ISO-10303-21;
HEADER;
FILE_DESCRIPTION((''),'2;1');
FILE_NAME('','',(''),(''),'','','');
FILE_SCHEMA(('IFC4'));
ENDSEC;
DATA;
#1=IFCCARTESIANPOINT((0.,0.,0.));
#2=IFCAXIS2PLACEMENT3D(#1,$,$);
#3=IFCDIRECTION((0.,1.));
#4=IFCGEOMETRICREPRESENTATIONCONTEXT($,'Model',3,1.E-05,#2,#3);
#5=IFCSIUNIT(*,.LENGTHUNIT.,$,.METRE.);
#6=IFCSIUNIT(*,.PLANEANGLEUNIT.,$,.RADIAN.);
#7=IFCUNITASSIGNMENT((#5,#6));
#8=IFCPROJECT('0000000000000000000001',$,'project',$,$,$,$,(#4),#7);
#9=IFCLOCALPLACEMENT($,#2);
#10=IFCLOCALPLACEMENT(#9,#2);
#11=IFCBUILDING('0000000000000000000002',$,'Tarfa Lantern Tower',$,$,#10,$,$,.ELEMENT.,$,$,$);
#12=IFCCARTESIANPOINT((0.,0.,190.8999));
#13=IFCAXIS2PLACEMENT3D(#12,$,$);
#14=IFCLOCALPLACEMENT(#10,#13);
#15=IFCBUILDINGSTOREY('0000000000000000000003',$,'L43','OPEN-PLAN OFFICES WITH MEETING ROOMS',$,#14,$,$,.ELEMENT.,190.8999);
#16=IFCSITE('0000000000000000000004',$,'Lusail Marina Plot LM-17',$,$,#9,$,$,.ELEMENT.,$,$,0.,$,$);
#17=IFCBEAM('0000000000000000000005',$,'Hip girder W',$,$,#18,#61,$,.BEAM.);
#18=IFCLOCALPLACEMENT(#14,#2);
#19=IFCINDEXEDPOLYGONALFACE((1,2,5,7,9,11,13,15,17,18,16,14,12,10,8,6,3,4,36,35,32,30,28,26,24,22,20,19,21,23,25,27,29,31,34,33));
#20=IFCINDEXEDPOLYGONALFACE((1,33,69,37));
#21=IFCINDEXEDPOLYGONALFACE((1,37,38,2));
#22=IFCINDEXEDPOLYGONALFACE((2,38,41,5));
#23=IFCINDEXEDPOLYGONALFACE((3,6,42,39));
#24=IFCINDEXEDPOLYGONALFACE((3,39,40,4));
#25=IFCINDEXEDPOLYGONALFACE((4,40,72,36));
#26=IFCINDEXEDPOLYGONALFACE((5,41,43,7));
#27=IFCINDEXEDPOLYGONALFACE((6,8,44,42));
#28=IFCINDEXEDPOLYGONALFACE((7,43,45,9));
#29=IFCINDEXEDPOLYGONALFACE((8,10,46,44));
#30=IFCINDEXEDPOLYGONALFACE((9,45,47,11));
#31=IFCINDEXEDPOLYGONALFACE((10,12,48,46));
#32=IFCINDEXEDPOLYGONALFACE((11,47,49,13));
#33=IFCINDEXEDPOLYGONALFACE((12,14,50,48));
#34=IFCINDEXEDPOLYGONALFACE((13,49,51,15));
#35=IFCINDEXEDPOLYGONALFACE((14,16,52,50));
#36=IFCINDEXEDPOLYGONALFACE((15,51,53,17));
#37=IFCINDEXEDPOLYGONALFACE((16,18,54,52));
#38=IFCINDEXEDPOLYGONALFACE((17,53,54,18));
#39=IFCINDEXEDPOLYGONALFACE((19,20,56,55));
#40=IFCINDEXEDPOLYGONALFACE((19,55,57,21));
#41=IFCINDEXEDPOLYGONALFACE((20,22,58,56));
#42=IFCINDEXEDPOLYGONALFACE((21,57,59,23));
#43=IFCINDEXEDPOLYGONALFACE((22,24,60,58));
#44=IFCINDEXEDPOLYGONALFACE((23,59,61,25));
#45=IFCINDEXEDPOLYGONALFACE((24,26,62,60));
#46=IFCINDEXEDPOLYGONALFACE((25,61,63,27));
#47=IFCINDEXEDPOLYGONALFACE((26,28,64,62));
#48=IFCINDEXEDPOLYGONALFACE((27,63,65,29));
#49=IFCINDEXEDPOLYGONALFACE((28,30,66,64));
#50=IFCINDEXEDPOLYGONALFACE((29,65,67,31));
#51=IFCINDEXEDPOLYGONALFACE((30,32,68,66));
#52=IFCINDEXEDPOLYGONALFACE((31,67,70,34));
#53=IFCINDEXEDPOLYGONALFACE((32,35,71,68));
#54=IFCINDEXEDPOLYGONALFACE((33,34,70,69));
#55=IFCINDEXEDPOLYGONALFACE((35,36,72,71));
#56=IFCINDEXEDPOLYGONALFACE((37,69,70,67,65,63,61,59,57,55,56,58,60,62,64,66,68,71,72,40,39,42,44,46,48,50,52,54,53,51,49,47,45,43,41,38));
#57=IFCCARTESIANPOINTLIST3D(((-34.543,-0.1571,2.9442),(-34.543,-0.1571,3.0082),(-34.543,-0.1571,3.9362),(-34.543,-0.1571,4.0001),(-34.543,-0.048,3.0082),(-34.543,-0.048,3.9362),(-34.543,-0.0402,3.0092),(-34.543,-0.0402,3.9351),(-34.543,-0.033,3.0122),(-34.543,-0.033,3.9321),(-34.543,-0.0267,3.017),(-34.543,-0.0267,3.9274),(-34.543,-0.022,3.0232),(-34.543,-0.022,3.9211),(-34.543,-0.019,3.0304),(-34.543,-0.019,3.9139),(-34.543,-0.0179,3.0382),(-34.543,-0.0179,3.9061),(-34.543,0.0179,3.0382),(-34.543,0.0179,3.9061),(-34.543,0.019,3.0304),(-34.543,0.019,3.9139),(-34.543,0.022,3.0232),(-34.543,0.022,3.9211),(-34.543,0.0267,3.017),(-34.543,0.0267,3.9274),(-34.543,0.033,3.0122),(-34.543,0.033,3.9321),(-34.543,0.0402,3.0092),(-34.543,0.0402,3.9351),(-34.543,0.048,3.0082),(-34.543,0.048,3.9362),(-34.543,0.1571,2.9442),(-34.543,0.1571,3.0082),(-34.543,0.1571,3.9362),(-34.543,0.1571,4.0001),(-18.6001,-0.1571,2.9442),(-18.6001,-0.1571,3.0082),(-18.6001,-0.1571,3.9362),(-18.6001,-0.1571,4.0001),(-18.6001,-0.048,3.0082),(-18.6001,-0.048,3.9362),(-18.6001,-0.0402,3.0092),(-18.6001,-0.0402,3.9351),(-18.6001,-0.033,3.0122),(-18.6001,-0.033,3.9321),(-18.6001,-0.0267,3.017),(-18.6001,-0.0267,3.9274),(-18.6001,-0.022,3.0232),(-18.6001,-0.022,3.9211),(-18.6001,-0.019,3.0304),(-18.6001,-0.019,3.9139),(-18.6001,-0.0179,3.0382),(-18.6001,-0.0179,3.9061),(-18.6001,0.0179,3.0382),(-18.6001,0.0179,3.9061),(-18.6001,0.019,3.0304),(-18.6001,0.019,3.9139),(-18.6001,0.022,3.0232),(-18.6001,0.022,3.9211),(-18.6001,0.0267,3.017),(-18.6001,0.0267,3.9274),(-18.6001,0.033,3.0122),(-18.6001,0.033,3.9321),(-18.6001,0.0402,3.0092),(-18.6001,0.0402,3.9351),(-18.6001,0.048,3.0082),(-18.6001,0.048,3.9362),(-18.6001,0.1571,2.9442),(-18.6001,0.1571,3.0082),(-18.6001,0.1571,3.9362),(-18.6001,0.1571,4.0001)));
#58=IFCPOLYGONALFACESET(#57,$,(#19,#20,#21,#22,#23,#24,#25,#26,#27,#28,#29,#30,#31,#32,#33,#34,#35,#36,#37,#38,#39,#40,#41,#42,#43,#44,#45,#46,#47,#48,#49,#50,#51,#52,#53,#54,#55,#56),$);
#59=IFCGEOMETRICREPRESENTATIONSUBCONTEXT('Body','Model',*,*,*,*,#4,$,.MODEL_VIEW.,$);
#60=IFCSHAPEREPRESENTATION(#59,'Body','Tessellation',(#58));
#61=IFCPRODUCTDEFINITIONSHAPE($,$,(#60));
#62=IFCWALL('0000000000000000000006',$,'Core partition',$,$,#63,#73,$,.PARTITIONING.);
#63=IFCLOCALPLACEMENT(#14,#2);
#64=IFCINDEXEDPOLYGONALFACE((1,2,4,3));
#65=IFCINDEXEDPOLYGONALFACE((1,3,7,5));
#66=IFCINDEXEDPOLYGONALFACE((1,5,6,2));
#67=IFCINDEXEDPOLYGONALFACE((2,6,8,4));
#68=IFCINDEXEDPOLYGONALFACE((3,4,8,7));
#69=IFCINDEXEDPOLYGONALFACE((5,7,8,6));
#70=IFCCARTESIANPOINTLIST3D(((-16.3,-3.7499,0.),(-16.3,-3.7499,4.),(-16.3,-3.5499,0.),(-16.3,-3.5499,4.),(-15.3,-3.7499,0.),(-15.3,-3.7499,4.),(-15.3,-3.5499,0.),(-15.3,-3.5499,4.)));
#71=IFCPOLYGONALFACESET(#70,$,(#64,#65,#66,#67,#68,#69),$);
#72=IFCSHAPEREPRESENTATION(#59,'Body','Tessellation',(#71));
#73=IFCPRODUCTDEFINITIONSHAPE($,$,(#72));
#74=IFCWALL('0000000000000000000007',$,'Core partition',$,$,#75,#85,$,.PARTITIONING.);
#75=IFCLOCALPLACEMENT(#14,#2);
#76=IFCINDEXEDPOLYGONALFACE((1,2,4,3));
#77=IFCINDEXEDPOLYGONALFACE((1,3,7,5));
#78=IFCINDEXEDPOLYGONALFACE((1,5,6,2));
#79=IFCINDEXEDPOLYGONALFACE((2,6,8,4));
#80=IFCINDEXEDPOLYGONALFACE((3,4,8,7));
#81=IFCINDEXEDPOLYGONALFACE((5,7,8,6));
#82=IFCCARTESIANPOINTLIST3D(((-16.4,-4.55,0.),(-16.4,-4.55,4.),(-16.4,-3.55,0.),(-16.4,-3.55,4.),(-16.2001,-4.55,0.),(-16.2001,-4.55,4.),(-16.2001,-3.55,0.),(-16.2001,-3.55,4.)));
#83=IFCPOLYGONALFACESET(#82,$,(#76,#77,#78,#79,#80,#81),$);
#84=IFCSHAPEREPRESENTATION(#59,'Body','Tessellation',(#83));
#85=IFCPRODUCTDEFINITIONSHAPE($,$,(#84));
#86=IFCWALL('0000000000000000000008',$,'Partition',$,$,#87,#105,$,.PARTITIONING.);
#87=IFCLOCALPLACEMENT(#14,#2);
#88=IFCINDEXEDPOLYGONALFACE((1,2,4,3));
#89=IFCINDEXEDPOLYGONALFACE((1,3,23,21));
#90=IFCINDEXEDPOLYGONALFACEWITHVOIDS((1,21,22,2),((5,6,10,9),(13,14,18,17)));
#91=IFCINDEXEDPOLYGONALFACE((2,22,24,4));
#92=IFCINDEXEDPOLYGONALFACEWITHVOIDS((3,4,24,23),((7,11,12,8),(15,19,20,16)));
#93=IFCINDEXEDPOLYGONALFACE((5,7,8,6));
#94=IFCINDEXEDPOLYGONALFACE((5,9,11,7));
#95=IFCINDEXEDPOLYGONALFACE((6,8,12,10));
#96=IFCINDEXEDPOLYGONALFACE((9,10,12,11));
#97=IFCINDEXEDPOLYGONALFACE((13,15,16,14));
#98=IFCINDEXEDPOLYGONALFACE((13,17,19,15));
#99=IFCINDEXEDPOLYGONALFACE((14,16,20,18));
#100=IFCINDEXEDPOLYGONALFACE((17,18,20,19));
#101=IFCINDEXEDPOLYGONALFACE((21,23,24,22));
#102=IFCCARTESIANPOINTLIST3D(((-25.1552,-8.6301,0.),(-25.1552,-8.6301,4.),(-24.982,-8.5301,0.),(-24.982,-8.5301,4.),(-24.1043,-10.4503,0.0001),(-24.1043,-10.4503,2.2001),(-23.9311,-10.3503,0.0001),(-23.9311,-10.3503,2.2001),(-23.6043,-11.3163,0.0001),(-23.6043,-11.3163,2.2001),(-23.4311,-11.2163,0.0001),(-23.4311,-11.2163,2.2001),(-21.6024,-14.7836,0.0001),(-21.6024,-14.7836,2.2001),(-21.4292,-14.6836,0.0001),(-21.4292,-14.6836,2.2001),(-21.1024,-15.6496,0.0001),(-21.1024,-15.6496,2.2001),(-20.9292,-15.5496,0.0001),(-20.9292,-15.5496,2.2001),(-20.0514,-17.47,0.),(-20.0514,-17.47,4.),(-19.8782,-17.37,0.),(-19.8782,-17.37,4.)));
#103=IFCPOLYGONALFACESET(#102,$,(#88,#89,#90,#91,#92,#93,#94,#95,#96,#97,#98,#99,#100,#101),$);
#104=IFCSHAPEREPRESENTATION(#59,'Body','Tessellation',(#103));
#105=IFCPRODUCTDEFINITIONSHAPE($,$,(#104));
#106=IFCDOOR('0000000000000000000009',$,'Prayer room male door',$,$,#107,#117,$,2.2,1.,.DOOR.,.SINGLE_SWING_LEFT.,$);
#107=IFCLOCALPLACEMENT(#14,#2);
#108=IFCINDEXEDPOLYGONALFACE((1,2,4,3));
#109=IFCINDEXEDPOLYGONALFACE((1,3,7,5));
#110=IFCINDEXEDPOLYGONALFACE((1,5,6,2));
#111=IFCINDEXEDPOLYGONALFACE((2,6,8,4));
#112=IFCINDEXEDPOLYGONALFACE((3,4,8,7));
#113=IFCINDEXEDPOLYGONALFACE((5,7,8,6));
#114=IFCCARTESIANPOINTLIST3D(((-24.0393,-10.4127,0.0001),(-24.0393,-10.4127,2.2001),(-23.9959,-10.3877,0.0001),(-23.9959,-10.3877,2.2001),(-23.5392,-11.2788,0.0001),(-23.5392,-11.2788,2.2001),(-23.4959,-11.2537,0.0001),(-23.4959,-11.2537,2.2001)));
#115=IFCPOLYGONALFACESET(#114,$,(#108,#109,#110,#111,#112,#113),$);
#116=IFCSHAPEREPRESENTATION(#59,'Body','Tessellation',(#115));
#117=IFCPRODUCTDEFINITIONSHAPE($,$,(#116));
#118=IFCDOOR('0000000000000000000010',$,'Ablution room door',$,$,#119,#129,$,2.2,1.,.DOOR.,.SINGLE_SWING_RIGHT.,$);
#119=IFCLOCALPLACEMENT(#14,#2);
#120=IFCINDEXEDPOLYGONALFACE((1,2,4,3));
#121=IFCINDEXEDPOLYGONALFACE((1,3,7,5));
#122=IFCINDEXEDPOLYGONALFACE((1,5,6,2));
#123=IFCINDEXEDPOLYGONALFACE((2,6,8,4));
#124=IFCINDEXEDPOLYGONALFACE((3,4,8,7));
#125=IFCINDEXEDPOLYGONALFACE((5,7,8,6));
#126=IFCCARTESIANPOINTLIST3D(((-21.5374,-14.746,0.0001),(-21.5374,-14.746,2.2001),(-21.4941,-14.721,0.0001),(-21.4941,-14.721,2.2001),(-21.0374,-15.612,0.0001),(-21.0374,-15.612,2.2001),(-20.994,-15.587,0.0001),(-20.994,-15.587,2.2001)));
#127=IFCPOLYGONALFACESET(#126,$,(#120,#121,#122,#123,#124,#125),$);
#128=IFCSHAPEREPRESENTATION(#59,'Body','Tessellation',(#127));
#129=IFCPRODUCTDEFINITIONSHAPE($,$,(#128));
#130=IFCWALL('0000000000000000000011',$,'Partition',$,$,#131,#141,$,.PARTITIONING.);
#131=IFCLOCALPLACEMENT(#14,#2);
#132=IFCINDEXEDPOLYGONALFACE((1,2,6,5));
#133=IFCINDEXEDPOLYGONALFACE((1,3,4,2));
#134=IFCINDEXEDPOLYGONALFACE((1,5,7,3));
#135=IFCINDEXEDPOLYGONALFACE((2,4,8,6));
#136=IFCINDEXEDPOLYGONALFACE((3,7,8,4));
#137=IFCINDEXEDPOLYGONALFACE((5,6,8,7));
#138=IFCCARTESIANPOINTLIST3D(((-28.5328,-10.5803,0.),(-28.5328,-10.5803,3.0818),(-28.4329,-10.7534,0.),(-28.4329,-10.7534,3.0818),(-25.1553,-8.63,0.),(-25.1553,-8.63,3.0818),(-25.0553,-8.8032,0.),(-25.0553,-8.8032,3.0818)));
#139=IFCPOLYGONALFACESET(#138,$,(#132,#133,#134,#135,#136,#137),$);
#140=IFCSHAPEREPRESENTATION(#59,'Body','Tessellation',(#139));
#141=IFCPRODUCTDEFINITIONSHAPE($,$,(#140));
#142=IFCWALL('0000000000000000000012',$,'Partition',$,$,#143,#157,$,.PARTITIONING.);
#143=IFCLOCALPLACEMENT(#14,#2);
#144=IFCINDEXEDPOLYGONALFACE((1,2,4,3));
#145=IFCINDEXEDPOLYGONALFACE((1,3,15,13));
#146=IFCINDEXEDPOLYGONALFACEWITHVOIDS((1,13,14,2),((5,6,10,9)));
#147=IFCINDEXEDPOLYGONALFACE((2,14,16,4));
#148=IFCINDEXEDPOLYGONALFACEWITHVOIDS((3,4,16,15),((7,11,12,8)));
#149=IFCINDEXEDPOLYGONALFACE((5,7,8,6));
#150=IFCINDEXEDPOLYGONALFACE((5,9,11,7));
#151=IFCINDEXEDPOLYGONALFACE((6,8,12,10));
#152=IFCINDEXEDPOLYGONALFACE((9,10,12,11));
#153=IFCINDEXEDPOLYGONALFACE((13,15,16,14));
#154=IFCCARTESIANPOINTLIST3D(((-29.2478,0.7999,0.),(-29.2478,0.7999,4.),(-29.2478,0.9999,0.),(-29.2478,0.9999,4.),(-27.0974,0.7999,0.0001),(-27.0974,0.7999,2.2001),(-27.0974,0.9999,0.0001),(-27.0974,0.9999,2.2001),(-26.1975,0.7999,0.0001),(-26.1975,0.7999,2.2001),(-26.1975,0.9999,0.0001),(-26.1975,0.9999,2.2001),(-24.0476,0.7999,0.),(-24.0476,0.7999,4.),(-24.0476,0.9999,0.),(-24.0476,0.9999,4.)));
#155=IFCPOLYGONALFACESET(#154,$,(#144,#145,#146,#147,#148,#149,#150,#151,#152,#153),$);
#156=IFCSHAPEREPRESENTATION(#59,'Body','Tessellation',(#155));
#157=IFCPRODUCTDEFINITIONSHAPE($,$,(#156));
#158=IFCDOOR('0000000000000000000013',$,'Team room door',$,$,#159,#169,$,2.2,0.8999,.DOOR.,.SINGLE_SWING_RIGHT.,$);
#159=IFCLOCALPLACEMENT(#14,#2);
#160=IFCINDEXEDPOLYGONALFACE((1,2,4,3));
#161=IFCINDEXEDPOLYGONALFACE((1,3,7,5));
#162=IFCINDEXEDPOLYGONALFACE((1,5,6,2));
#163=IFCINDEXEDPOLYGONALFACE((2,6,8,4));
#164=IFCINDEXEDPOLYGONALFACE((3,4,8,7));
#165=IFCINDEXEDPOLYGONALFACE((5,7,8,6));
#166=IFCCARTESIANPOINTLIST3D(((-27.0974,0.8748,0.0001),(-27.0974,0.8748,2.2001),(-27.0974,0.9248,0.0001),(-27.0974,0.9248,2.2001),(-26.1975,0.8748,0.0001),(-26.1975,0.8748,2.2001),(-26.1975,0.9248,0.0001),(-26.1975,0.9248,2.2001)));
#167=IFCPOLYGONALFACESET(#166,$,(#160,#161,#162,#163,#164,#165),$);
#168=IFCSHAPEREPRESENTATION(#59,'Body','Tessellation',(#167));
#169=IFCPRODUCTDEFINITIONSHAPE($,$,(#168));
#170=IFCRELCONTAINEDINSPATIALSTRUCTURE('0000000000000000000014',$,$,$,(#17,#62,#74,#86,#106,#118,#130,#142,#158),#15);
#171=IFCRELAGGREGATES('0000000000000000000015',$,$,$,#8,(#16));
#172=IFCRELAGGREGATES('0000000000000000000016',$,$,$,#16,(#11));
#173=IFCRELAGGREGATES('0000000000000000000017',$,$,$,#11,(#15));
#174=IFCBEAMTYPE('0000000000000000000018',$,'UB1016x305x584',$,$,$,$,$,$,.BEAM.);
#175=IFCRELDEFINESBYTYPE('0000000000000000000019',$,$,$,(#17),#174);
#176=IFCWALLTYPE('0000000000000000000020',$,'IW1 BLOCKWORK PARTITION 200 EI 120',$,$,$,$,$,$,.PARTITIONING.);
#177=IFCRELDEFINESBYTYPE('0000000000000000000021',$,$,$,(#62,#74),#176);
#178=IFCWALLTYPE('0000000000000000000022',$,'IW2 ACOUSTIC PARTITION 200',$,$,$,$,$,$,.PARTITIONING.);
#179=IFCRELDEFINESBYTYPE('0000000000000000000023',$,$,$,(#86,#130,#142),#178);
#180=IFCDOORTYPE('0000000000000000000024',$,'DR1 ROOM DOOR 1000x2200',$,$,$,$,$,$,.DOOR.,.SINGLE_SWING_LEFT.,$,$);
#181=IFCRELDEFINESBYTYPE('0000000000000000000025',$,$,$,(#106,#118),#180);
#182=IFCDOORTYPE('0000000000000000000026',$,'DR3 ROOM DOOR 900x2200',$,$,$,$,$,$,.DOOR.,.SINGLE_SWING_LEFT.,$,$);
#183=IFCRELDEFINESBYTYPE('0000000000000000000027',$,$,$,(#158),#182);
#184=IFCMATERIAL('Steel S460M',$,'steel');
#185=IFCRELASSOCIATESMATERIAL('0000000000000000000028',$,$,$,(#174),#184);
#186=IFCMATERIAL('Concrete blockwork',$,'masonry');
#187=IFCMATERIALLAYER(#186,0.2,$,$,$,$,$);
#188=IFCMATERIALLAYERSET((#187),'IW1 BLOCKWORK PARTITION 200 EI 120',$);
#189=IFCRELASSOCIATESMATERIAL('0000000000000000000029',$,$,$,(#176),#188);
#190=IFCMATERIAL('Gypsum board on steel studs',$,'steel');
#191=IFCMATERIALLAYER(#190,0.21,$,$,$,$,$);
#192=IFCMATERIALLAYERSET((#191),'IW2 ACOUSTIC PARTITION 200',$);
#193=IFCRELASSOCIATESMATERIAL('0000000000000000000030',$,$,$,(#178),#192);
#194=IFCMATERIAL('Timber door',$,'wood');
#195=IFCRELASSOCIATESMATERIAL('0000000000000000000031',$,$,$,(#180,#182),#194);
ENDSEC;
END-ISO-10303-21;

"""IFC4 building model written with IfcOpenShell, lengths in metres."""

from ifc_helpers import new_model, si_unit, direction, frame, frame_2d, origin, origin_2d, place, context, subcontext, project, spatial, rectangle, i_section, extrude, material, layer, layer_set, material_profile, profile_set, type_object, element, fill, save


model = new_model("IFC4")

# Units and contexts
model_context = context("Model", 3, precision=1e-05, world=origin(), true_north=direction((0.0, 1.0)))
body_context = subcontext(model_context, "Body", "Model", "MODEL_VIEW")
ifc_project = project(units=[si_unit("LENGTHUNIT", "METRE"), si_unit("PLANEANGLEUNIT", "RADIAN")], contexts=[model_context])

# Site, building, storey
site_placement = place(None, origin())
site = spatial("IfcSite", under=ifc_project, at=site_placement, Name="Lusail Marina Plot LM-17", CompositionType="ELEMENT", RefElevation=0.0)
building_placement = place(site_placement, origin())
building = spatial("IfcBuilding", under=site, at=building_placement, Name="Tarfa Lantern Tower", CompositionType="ELEMENT")
storey_placement = place(building_placement, frame((0.0, 0.0, 190.8999)))
storey = spatial("IfcBuildingStorey", under=building, at=storey_placement, Name="L43", Description="OPEN-PLAN OFFICES WITH MEETING ROOMS", CompositionType="ELEMENT", Elevation=190.8999)

# Beam
ifc_material_1 = material(Name="Steel S460M", Category="steel")
ifc_material_profile = material_profile(ifc_material_1, i_section(OverallWidth=0.3142, OverallDepth=1.0559, WebThickness=0.0359, FlangeThickness=0.064, FilletRadius=0.03, at=origin_2d()), Name="UB1016x305x584")
ifc_profile_set = profile_set([ifc_material_profile], Name="Steel S460M")
beam_type = type_object("IfcBeamType", Name="UB1016x305x584", PredefinedType="BEAM", material=ifc_profile_set)
beam_placement = place(storey_placement, frame((-18.6001, 0.0, 3.4722), z_axis=(-1.0, 0.0, 0.0), x_axis=(0.0, -1.0, 0.0)))
element("IfcBeam", 1, at=beam_placement, inside=storey, type_object=beam_type, Name="Hip girder W", PredefinedType="BEAM", context=body_context, shape_type="SweptSolid", body=[
    extrude(i_section(OverallWidth=0.3142, OverallDepth=1.0559, WebThickness=0.0359, FlangeThickness=0.064, FilletRadius=0.03, at=origin_2d()), origin(), (0.0, 0.0, 1.0), 15.9429),
])

# Walls
ifc_material_2 = material(Name="Concrete blockwork", Category="masonry")
ifc_layer_1 = layer(ifc_material_2, 0.2)
ifc_layer_set_1 = layer_set([ifc_layer_1], Name="IW1 BLOCKWORK PARTITION 200 EI 120")
wall_type_1 = type_object("IfcWallType", Name="IW1 BLOCKWORK PARTITION 200 EI 120", PredefinedType="PARTITIONING", material=ifc_layer_set_1)
for number, where, z_axis, x_axis, name in (
    (2, (-15.3, -3.6499, 0.0), (0.0, 0.0, 1.0), (-1.0, 0.0, 0.0), "Core partition"),
    (3, (-16.3, -3.55, 0.0), (0.0, 0.0, 1.0), (0.0, -1.0, 0.0), "Core partition"),
):
    element("IfcWall", number, at=place(storey_placement, frame(where, z_axis=z_axis, x_axis=x_axis)), inside=storey, type_object=wall_type_1, Name=name, PredefinedType="PARTITIONING", context=body_context, shape_type="SweptSolid", body=[
        extrude(rectangle(XDim=1.0, YDim=0.2, at=frame_2d((0.5, 0.0))), origin(), (0.0, 0.0, 1.0), 4.0),
    ])

# Wall, openings, doors
ifc_material_3 = material(Name="Gypsum board on steel studs", Category="steel")
ifc_layer_2 = layer(ifc_material_3, 0.21)
ifc_layer_set_2 = layer_set([ifc_layer_2], Name="IW2 ACOUSTIC PARTITION 200")
wall_type_2 = type_object("IfcWallType", Name="IW2 ACOUSTIC PARTITION 200", PredefinedType="PARTITIONING", material=ifc_layer_set_2)
wall_1_placement = place(storey_placement, frame((-25.0686, -8.5801, 0.0), z_axis=(0.0, 0.0, 1.0), x_axis=(0.500005, -0.866022, 0.0)))
wall_1 = element("IfcWall", 4, at=wall_1_placement, inside=storey, type_object=wall_type_2, Name="Partition", PredefinedType="PARTITIONING", context=body_context, shape_type="SweptSolid", body=[
    extrude(rectangle(XDim=10.2075, YDim=0.2, at=frame_2d((5.1038, 0.0))), origin(), (0.0, 0.0, 1.0), 4.0),
])
opening_1_placement = place(wall_1_placement, frame((2.1018, 0.0, 0.0)))
opening_1 = element("IfcOpeningElement", 5, at=opening_1_placement, cuts=wall_1, PredefinedType="OPENING", context=body_context, shape_type="SweptSolid", body=[
    extrude(rectangle(XDim=1.0, YDim=2.2, at=frame_2d((0.5, 1.1001))), frame((0.0, 0.1099, 0.0), z_axis=(0.0, -1.0, 0.0), x_axis=(1.0, 0.0, 0.0)), (0.0, 0.0, 1.0), 0.22),
])
opening_2_placement = place(wall_1_placement, frame((7.1055, 0.0, 0.0)))
opening_2 = element("IfcOpeningElement", 6, at=opening_2_placement, cuts=wall_1, PredefinedType="OPENING", context=body_context, shape_type="SweptSolid", body=[
    extrude(rectangle(XDim=1.0, YDim=2.2, at=frame_2d((0.5, 1.1001))), frame((0.0, 0.1099, 0.0), z_axis=(0.0, -1.0, 0.0), x_axis=(1.0, 0.0, 0.0)), (0.0, 0.0, 1.0), 0.22),
])
ifc_material_4 = material(Name="Timber door", Category="wood")
door_type_1 = type_object("IfcDoorType", Name="DR1 ROOM DOOR 1000x2200", OperationType="SINGLE_SWING_LEFT", PredefinedType="DOOR", material=ifc_material_4)
door_1_placement = place(opening_1_placement, frame((1.0, 0.0, 0.0), z_axis=(0.0, 0.0, 1.0), x_axis=(-1.0, 0.0, 0.0)))
door_1 = element("IfcDoor", 7, at=door_1_placement, inside=storey, type_object=door_type_1, Name="Prayer room male door", OperationType="SINGLE_SWING_LEFT", OverallHeight=2.2, OverallWidth=1.0, PredefinedType="DOOR", context=body_context, shape_type="SweptSolid", body=[
    extrude(rectangle(XDim=1.0, YDim=2.2, at=frame_2d((0.5, 1.1001))), frame((0.0, 0.0249, 0.0), z_axis=(0.0, -1.0, 0.0), x_axis=(1.0, 0.0, 0.0)), (0.0, 0.0, 1.0), 0.05),
])
fill(opening_1, door_1)
door_2_placement = place(opening_2_placement, frame((1.0, 0.0, 0.0), z_axis=(0.0, 0.0, 1.0), x_axis=(-1.0, 0.0, 0.0)))
door_2 = element("IfcDoor", 8, at=door_2_placement, inside=storey, type_object=door_type_1, Name="Ablution room door", OperationType="SINGLE_SWING_RIGHT", OverallHeight=2.2, OverallWidth=1.0, PredefinedType="DOOR", context=body_context, shape_type="SweptSolid", body=[
    extrude(rectangle(XDim=1.0, YDim=2.2, at=frame_2d((0.5, 1.1001))), frame((0.0, 0.0249, 0.0), z_axis=(0.0, -1.0, 0.0), x_axis=(1.0, 0.0, 0.0)), (0.0, 0.0, 1.0), 0.05),
])
fill(opening_2, door_2)

# Wall
wall_2_placement = place(storey_placement, frame((-25.1052, -8.7166, 0.0), z_axis=(0.0, 0.0, 1.0), x_axis=(-0.866, -0.500044, 0.0)))
element("IfcWall", 9, at=wall_2_placement, inside=storey, type_object=wall_type_2, Name="Partition", PredefinedType="PARTITIONING", context=body_context, shape_type="SweptSolid", body=[
    extrude(rectangle(XDim=3.9001, YDim=0.2, at=frame_2d((1.9502, 0.0))), origin(), (0.0, 0.0, 1.0), 3.0818),
])

# Wall, opening, door
wall_3_placement = place(storey_placement, frame((-24.0476, 0.8999, 0.0), z_axis=(0.0, 0.0, 1.0), x_axis=(-1.0, 0.0, 0.0)))
wall_3 = element("IfcWall", 10, at=wall_3_placement, inside=storey, type_object=wall_type_2, Name="Partition", PredefinedType="PARTITIONING", context=body_context, shape_type="SweptSolid", body=[
    extrude(rectangle(XDim=5.2002, YDim=0.2, at=frame_2d((2.6001, 0.0))), origin(), (0.0, 0.0, 1.0), 4.0),
])
opening_3_placement = place(wall_3_placement, frame((2.1499, 0.0, 0.0)))
opening_3 = element("IfcOpeningElement", 11, at=opening_3_placement, cuts=wall_3, PredefinedType="OPENING", context=body_context, shape_type="SweptSolid", body=[
    extrude(rectangle(XDim=0.8999, YDim=2.2, at=frame_2d((0.45, 1.1001))), frame((0.0, 0.1099, 0.0), z_axis=(0.0, -1.0, 0.0), x_axis=(1.0, 0.0, 0.0)), (0.0, 0.0, 1.0), 0.22),
])
door_type_2 = type_object("IfcDoorType", Name="DR3 ROOM DOOR 900x2200", OperationType="SINGLE_SWING_LEFT", PredefinedType="DOOR", material=ifc_material_4)
door_3_placement = place(opening_3_placement, frame((0.8999, 0.0, 0.0), z_axis=(0.0, 0.0, 1.0), x_axis=(-1.0, 0.0, 0.0)))
door_3 = element("IfcDoor", 12, at=door_3_placement, inside=storey, type_object=door_type_2, Name="Team room door", OperationType="SINGLE_SWING_RIGHT", OverallHeight=2.2, OverallWidth=0.8999, PredefinedType="DOOR", context=body_context, shape_type="SweptSolid", body=[
    extrude(rectangle(XDim=0.8999, YDim=2.2, at=frame_2d((0.45, 1.1001))), frame((0.0, 0.0249, 0.0), z_axis=(0.0, -1.0, 0.0), x_axis=(1.0, 0.0, 0.0)), (0.0, 0.0, 1.0), 0.05),
])
fill(opening_3, door_3)

save(model, "model.ifc")
